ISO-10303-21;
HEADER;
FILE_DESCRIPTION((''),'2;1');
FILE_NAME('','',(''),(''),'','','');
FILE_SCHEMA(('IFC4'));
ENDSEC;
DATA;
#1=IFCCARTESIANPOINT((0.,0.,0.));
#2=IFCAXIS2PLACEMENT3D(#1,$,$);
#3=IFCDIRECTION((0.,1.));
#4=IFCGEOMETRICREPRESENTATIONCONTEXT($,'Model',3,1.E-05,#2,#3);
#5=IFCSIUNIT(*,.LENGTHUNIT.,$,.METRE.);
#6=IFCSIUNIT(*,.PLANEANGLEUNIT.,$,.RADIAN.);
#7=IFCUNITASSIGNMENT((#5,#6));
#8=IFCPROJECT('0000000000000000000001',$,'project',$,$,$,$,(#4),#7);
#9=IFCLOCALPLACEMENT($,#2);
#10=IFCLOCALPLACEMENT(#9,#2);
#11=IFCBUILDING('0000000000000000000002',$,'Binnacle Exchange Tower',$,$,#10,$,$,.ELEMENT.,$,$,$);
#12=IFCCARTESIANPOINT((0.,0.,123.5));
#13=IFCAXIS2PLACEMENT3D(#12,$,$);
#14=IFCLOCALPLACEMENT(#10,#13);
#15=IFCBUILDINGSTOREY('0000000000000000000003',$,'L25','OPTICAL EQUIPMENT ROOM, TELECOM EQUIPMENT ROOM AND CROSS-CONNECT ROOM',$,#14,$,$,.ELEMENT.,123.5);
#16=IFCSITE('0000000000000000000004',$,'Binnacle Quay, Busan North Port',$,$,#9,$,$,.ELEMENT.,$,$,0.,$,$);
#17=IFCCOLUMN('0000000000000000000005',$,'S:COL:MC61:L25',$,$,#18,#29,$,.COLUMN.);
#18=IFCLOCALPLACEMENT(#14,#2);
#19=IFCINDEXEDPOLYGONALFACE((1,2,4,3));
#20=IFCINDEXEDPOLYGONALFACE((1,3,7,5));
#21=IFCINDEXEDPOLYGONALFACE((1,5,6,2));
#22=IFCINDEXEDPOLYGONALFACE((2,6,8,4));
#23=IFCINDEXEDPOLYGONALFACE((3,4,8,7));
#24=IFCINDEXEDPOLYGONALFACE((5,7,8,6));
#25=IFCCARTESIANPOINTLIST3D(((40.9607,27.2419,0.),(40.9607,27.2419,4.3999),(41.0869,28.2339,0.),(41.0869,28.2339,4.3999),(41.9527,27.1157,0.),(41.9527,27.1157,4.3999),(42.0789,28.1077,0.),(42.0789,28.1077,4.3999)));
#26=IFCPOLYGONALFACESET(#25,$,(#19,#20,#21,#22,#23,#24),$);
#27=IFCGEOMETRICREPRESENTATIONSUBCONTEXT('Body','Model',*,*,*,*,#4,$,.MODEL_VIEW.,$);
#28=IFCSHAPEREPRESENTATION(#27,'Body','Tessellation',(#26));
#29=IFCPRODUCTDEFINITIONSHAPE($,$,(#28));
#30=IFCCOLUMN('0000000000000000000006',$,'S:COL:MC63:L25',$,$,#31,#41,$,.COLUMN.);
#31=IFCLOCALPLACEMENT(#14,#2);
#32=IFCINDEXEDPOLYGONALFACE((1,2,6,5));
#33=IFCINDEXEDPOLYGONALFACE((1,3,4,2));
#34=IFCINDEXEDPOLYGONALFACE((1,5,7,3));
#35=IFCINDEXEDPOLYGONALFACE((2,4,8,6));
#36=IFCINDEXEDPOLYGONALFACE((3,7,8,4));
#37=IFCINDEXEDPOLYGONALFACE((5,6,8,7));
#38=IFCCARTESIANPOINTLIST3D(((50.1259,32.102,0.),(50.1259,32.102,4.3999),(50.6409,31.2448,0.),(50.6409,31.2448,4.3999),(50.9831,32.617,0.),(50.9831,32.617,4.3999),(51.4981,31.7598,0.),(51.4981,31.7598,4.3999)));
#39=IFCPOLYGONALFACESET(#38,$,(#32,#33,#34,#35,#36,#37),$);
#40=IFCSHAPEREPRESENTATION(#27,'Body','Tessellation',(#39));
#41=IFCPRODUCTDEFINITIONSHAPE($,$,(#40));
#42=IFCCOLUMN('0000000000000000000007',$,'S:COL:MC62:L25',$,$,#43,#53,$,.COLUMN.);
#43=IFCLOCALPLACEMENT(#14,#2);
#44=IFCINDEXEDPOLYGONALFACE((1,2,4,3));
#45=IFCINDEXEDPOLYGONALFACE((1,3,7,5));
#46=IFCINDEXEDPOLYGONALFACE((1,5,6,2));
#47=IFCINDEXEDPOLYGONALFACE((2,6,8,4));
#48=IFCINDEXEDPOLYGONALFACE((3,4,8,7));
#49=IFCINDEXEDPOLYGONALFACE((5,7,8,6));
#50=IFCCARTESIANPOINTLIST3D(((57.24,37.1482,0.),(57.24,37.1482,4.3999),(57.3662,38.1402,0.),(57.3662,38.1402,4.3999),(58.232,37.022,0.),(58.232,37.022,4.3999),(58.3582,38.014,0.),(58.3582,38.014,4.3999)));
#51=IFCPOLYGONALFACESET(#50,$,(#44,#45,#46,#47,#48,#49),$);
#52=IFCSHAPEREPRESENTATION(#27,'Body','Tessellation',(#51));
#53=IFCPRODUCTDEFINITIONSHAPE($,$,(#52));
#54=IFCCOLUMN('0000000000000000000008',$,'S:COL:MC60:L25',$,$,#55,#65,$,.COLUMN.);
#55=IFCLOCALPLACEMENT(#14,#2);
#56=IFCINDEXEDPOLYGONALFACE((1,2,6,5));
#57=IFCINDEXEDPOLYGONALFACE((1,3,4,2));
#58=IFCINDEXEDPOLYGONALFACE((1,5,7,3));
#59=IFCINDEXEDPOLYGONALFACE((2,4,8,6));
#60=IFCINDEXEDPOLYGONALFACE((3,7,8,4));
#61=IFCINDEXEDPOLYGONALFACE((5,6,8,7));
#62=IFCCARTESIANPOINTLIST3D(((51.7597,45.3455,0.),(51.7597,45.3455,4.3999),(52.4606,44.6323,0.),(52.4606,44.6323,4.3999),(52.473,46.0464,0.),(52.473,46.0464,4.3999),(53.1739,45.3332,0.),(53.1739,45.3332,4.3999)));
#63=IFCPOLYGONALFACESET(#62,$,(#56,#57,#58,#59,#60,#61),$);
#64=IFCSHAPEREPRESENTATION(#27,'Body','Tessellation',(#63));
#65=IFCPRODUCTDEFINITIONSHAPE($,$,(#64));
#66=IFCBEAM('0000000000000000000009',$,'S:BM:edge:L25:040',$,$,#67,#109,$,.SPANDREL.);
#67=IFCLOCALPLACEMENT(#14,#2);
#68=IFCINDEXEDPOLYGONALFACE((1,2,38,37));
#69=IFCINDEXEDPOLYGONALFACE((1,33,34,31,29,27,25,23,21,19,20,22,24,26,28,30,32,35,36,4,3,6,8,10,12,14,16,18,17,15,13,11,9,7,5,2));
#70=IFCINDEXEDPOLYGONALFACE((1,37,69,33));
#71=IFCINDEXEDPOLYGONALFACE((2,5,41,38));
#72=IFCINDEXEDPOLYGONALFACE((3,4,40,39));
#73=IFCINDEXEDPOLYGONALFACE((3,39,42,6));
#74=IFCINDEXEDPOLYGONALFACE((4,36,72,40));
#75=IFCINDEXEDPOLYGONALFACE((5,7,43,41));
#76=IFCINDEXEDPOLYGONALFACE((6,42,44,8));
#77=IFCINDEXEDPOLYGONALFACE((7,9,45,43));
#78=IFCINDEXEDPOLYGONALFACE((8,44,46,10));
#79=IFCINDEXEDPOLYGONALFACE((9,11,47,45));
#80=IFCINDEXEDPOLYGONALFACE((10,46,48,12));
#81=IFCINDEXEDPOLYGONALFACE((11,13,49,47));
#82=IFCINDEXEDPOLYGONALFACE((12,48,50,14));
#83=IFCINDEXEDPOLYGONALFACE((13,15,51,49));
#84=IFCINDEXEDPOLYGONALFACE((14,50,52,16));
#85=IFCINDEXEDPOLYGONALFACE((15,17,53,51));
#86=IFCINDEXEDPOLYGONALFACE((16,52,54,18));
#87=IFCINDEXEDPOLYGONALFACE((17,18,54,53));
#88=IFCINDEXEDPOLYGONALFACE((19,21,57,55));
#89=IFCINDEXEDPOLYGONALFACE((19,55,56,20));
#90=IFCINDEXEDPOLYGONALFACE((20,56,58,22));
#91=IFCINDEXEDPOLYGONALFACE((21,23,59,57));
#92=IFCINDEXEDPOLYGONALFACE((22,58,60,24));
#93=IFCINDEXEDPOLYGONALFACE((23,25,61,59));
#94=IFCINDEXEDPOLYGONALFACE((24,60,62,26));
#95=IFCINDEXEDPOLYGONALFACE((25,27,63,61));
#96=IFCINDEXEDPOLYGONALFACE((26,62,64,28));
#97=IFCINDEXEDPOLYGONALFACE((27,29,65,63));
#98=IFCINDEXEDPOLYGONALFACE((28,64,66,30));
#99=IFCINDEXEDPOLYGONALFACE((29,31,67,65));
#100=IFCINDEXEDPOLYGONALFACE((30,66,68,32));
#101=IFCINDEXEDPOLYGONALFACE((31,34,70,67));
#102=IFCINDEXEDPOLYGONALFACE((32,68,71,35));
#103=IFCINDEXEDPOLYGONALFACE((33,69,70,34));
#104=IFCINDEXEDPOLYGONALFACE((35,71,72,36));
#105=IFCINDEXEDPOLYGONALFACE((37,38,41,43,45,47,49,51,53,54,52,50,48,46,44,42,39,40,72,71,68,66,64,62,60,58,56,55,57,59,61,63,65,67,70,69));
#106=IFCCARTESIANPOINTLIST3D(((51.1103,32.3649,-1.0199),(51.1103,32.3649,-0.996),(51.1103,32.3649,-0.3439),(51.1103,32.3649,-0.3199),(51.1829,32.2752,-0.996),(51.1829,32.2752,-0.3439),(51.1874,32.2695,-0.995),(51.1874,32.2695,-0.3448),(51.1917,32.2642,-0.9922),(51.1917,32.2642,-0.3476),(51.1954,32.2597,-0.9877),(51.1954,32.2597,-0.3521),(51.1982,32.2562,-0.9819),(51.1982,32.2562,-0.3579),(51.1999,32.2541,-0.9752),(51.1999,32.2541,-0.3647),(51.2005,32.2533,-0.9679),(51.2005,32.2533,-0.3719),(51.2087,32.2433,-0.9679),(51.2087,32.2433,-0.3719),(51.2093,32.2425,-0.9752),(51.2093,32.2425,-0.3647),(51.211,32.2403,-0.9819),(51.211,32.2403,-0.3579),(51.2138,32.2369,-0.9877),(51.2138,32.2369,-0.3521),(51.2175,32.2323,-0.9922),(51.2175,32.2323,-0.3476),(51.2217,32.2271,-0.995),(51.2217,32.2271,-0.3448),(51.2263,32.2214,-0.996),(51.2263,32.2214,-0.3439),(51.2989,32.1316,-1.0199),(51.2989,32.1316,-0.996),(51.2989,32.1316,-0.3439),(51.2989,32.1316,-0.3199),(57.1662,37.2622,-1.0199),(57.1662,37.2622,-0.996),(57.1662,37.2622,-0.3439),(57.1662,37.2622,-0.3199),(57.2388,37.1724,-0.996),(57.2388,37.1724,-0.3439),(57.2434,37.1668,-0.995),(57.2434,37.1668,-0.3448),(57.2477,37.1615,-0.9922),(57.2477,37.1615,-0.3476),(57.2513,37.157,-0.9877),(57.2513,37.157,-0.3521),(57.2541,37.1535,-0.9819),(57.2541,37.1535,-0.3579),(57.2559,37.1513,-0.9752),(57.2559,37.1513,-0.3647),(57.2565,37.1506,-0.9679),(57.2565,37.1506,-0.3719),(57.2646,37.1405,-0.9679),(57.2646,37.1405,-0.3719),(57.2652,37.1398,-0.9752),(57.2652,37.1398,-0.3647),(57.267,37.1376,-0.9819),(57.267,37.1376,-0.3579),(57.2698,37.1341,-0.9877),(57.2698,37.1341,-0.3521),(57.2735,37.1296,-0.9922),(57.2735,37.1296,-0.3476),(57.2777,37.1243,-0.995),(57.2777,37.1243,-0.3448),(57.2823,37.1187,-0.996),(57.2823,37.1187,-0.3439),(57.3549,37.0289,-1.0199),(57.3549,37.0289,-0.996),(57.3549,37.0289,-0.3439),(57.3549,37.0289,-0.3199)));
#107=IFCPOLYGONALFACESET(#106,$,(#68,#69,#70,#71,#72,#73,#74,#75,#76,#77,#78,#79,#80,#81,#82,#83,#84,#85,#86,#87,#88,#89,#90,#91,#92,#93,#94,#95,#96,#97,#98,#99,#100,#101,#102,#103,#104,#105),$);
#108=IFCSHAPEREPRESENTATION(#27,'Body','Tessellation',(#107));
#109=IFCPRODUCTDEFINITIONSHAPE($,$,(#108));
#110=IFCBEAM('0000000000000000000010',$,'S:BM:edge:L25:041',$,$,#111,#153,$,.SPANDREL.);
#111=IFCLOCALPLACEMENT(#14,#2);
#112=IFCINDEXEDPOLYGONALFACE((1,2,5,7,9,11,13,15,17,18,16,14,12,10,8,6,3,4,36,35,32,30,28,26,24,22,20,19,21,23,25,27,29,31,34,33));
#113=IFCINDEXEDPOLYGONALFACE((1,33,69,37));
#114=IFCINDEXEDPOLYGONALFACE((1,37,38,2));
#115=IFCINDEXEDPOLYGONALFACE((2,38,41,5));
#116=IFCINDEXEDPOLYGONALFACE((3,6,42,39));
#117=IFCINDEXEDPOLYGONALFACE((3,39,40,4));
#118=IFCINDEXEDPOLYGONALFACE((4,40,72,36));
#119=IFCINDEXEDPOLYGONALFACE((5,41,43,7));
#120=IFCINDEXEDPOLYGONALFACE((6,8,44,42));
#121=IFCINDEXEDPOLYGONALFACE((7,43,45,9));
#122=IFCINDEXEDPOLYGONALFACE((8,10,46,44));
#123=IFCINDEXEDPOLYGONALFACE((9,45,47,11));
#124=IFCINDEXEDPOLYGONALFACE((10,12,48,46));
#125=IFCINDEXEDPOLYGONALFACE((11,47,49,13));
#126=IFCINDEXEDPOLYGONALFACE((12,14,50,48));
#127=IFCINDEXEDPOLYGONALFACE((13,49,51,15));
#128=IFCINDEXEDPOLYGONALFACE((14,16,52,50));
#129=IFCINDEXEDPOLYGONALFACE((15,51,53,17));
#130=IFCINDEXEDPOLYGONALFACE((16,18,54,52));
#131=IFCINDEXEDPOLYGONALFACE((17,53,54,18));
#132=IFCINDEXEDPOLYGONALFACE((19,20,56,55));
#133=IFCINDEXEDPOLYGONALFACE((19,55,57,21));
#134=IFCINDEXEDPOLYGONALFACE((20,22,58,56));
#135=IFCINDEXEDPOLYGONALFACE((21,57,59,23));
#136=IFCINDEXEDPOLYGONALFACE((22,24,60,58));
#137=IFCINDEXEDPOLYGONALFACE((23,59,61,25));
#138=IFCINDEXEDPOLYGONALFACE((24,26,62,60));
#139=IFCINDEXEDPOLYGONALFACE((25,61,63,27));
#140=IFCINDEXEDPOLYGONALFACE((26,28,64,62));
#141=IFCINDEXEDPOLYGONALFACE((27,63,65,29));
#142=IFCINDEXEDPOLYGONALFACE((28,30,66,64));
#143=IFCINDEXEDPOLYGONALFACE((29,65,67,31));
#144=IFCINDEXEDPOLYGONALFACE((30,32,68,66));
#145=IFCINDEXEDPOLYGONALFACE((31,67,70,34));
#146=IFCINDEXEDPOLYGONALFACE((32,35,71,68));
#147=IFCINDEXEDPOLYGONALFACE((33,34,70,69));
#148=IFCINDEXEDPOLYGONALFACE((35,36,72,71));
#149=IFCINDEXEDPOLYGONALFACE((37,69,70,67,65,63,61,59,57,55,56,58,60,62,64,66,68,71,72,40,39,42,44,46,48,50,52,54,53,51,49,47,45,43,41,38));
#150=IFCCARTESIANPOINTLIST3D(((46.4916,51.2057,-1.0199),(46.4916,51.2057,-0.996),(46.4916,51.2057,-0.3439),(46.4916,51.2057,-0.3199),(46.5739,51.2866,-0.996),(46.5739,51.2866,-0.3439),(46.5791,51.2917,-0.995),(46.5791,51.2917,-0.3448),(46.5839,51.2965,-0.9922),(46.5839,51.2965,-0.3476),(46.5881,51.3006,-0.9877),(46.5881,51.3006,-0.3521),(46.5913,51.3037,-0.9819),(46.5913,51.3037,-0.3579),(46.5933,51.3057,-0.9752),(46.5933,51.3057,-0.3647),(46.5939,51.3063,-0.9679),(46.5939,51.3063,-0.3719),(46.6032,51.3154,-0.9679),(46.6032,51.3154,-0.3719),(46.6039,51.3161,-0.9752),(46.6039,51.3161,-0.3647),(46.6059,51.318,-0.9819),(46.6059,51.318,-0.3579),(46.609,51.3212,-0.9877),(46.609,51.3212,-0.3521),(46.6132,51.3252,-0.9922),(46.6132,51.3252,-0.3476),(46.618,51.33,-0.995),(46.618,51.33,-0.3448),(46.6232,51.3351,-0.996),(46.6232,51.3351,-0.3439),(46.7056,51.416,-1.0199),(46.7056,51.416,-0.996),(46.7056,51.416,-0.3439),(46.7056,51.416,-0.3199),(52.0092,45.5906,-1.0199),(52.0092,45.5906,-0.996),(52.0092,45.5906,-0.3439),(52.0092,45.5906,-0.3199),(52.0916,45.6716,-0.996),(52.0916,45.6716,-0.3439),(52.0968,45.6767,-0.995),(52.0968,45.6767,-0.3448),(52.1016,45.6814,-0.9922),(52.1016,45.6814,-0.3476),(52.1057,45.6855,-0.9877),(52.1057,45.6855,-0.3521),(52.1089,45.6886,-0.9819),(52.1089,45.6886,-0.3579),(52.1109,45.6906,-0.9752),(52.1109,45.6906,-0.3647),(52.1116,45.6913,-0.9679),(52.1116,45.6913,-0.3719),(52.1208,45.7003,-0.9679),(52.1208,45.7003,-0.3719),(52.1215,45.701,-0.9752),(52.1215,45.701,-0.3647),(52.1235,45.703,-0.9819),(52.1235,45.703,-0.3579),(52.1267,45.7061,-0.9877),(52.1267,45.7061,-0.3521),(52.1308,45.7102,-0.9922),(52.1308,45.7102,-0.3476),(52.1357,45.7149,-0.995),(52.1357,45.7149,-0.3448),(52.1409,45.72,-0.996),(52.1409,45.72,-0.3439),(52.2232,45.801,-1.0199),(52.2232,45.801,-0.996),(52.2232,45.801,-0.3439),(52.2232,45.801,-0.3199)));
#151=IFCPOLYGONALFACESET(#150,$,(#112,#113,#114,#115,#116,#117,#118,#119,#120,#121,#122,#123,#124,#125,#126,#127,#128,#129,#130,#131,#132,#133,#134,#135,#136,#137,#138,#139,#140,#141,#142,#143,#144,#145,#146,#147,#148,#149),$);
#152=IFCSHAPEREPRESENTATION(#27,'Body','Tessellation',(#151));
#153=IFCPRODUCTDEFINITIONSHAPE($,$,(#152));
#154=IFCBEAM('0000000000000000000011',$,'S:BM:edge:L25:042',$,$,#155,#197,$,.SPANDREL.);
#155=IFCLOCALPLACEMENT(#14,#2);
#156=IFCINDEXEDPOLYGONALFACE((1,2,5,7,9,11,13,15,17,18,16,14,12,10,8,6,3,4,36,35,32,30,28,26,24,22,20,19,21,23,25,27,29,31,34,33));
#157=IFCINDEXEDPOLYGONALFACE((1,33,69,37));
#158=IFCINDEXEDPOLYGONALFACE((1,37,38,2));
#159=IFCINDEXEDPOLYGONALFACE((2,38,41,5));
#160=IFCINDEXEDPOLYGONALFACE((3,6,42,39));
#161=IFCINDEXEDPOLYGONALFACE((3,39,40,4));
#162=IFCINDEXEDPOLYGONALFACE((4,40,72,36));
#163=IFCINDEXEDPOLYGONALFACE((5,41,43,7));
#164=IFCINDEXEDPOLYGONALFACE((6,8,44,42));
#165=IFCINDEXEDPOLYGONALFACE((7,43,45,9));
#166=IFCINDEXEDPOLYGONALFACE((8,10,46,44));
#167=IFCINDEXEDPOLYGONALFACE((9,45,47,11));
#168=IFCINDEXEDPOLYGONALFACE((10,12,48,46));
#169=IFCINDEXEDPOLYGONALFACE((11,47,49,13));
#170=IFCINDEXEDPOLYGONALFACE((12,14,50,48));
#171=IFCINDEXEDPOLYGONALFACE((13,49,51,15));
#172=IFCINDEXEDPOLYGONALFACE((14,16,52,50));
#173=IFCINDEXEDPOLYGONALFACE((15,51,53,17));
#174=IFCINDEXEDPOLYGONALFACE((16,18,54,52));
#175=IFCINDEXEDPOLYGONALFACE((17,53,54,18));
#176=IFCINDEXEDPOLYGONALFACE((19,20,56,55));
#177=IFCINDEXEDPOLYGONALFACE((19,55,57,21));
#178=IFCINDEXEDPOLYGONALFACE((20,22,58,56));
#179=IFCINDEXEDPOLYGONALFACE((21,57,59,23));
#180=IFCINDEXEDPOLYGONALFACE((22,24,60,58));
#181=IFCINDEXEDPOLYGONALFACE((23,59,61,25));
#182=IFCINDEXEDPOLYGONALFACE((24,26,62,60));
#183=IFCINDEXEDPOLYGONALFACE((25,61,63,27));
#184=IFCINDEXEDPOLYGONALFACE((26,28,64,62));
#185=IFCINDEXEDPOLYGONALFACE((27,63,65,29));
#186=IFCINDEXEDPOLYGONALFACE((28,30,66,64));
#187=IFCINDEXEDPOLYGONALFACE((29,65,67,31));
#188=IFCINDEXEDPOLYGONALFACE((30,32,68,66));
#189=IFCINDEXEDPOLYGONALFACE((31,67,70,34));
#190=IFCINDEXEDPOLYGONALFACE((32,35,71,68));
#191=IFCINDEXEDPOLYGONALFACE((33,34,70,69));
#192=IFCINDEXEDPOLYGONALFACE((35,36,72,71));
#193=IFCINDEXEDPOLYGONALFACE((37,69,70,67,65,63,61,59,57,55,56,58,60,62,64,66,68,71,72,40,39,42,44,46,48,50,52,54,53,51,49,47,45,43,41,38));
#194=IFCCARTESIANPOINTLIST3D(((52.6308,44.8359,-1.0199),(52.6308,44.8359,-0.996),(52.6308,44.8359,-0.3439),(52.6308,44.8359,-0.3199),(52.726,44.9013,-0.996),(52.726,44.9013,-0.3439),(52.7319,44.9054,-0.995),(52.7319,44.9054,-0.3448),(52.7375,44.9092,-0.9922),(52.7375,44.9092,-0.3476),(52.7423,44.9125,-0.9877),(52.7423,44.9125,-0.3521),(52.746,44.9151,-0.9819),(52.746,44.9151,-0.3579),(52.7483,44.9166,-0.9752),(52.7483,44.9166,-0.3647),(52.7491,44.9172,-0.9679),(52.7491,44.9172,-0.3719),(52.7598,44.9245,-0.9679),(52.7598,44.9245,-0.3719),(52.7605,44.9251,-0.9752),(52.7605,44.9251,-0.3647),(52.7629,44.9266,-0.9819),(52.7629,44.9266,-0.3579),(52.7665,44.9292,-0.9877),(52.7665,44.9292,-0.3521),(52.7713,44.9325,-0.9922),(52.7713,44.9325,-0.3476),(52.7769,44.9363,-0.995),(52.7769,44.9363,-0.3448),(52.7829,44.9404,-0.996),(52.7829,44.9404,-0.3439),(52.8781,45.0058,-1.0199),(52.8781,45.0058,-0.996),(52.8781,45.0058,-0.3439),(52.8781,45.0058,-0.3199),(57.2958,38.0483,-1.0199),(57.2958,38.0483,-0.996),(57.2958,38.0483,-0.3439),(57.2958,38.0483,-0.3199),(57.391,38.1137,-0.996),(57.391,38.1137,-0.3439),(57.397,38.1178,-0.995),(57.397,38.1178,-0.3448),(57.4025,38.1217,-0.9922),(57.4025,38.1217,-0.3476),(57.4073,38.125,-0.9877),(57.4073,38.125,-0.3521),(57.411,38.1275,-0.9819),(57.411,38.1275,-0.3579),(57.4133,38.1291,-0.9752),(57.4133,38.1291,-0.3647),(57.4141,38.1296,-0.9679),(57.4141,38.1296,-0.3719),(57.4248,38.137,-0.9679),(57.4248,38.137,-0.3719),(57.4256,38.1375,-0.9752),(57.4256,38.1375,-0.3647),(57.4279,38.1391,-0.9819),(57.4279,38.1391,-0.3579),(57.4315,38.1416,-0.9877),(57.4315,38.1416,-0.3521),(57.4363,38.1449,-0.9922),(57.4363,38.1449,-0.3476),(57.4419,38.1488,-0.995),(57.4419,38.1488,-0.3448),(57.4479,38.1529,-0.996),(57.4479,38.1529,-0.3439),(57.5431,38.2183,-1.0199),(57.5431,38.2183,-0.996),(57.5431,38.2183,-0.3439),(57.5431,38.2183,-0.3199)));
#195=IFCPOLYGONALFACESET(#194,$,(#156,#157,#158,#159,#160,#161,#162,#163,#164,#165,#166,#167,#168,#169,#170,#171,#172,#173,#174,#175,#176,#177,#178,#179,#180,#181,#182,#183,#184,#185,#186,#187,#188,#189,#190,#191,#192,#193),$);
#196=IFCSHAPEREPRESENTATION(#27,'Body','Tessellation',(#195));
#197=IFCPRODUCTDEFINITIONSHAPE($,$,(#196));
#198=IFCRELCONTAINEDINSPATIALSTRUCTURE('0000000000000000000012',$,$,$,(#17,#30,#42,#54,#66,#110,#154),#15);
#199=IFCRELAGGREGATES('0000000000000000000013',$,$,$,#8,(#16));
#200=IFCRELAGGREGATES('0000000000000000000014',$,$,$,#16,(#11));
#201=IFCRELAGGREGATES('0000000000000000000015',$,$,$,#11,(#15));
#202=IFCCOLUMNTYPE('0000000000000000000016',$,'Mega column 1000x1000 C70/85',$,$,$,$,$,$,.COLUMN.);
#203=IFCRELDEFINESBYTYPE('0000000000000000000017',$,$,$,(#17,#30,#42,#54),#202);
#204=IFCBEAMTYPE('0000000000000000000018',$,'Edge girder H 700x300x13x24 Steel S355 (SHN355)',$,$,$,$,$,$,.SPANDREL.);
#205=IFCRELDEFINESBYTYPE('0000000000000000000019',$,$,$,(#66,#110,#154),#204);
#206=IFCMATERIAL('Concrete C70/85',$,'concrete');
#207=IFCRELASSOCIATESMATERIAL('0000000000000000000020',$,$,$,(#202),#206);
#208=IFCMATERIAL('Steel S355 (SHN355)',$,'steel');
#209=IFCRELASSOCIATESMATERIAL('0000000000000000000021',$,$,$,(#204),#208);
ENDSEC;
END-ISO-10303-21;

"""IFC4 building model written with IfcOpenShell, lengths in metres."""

from ifc_helpers import new_model, si_unit, direction, frame, origin, origin_2d, place, context, subcontext, project, spatial, rectangle, i_section, extrude, material, material_profile, profile_set, type_object, element, save


model = new_model("IFC4")

# Units and contexts
model_context = context("Model", 3, precision=1e-05, world=origin(), true_north=direction((0.0, 1.0)))
body_context = subcontext(model_context, "Body", "Model", "MODEL_VIEW")
ifc_project = project(units=[si_unit("LENGTHUNIT", "METRE"), si_unit("PLANEANGLEUNIT", "RADIAN")], contexts=[model_context])

# Site, building, storey
site_placement = place(None, origin())
site = spatial("IfcSite", under=ifc_project, at=site_placement, Name="Binnacle Quay, Busan North Port", CompositionType="ELEMENT", RefElevation=0.0)
building_placement = place(site_placement, origin())
building = spatial("IfcBuilding", under=site, at=building_placement, Name="Binnacle Exchange Tower", CompositionType="ELEMENT")
storey_placement = place(building_placement, frame((0.0, 0.0, 123.5)))
storey = spatial("IfcBuildingStorey", under=building, at=storey_placement, Name="L25", Description="OPTICAL EQUIPMENT ROOM, TELECOM EQUIPMENT ROOM AND CROSS-CONNECT ROOM", CompositionType="ELEMENT", Elevation=123.5)

# Columns
ifc_material_1 = material(Name="Concrete C70/85", Category="concrete")
ifc_material_profile_1 = material_profile(ifc_material_1, rectangle(XDim=1.0, YDim=1.0, at=origin_2d()), Name="Mega column 1000x1000 C70/85")
ifc_profile_set_1 = profile_set([ifc_material_profile_1], Name="Concrete C70/85")
column_type = type_object("IfcColumnType", Name="Mega column 1000x1000 C70/85", PredefinedType="COLUMN", material=ifc_profile_set_1)
for number, where, z_axis, x_axis, name in (
    (1, (41.5198, 27.6748, 0.0), (0.0, 0.0, 1.0), (0.992005, -0.126199, 0.0), "S:COL:MC61:L25"),
    (2, (50.812, 31.9309, 0.0), (0.0, 0.0, 1.0), (0.857167, 0.515038, 0.0), "S:COL:MC63:L25"),
    (3, (57.7991, 37.5811, 0.0), (0.0, 0.0, 1.0), (0.126199, 0.992005, 0.0), "S:COL:MC62:L25"),
    (4, (52.4668, 45.3394, 0.0), (0.0, 0.0, 1.0), (-0.700909, 0.71325, 0.0), "S:COL:MC60:L25"),
):
    element("IfcColumn", number, at=place(storey_placement, frame(where, z_axis=z_axis, x_axis=x_axis)), inside=storey, type_object=column_type, Name=name, PredefinedType="COLUMN", context=body_context, shape_type="SweptSolid", body=[
        extrude(rectangle(XDim=1.0, YDim=1.0, at=origin_2d()), origin(), (0.0, 0.0, 1.0), 4.3999),
    ])

# Beams
ifc_material_2 = material(Name="Steel S355 (SHN355)", Category="steel")
ifc_material_profile_2 = material_profile(ifc_material_2, i_section(OverallWidth=0.3, OverallDepth=0.7, WebThickness=0.0129, FlangeThickness=0.0239, FilletRadius=0.0281, at=origin_2d()), Name="H 700x300x13x24")
ifc_profile_set_2 = profile_set([ifc_material_profile_2], Name="Steel S355 (SHN355)")
beam_type_1 = type_object("IfcBeamType", Name="Edge girder H 700x300x13x24 Steel S355 (SHN355)", PredefinedType="SPANDREL", material=ifc_profile_set_2)
beam_1_placement = place(storey_placement, frame((51.2046, 32.2483, -0.6699), z_axis=(0.77757, 0.628796, 0.0), x_axis=(-0.628796, 0.77757, 0.0)))
element("IfcBeam", 5, at=beam_1_placement, inside=storey, type_object=beam_type_1, Name="S:BM:edge:L25:040", PredefinedType="SPANDREL", context=body_context, shape_type="SweptSolid", body=[
    extrude(i_section(OverallWidth=0.3, OverallDepth=0.7, WebThickness=0.0129, FlangeThickness=0.0239, FilletRadius=0.0281, at=origin_2d()), origin(), (0.0, 0.0, 1.0), 7.7883),
])
beam_2_placement = place(storey_placement, frame((52.1162, 45.6958, -0.6699), z_axis=(-0.700893, 0.713267, 0.0), x_axis=(-0.713267, -0.700893, 0.0)))
element("IfcBeam", 6, at=beam_2_placement, inside=storey, type_object=beam_type_1, Name="S:BM:edge:L25:041", PredefinedType="SPANDREL", context=body_context, shape_type="SweptSolid", body=[
    extrude(i_section(OverallWidth=0.3, OverallDepth=0.7, WebThickness=0.0129, FlangeThickness=0.0239, FilletRadius=0.0281, at=origin_2d()), origin(), (0.0, 0.0, 1.0), 7.8723),
])
beam_3_placement = place(storey_placement, frame((57.4194, 38.1333, -0.6699), z_axis=(-0.566411, 0.824123, 0.0), x_axis=(-0.824123, -0.566411, 0.0)))
element("IfcBeam", 7, at=beam_3_placement, inside=storey, type_object=beam_type_1, Name="S:BM:edge:L25:042", PredefinedType="SPANDREL", context=body_context, shape_type="SweptSolid", body=[
    extrude(i_section(OverallWidth=0.3, OverallDepth=0.7, WebThickness=0.0129, FlangeThickness=0.0239, FilletRadius=0.0281, at=origin_2d()), origin(), (0.0, 0.0, 1.0), 8.2361),
])

save(model, "model.ifc")
